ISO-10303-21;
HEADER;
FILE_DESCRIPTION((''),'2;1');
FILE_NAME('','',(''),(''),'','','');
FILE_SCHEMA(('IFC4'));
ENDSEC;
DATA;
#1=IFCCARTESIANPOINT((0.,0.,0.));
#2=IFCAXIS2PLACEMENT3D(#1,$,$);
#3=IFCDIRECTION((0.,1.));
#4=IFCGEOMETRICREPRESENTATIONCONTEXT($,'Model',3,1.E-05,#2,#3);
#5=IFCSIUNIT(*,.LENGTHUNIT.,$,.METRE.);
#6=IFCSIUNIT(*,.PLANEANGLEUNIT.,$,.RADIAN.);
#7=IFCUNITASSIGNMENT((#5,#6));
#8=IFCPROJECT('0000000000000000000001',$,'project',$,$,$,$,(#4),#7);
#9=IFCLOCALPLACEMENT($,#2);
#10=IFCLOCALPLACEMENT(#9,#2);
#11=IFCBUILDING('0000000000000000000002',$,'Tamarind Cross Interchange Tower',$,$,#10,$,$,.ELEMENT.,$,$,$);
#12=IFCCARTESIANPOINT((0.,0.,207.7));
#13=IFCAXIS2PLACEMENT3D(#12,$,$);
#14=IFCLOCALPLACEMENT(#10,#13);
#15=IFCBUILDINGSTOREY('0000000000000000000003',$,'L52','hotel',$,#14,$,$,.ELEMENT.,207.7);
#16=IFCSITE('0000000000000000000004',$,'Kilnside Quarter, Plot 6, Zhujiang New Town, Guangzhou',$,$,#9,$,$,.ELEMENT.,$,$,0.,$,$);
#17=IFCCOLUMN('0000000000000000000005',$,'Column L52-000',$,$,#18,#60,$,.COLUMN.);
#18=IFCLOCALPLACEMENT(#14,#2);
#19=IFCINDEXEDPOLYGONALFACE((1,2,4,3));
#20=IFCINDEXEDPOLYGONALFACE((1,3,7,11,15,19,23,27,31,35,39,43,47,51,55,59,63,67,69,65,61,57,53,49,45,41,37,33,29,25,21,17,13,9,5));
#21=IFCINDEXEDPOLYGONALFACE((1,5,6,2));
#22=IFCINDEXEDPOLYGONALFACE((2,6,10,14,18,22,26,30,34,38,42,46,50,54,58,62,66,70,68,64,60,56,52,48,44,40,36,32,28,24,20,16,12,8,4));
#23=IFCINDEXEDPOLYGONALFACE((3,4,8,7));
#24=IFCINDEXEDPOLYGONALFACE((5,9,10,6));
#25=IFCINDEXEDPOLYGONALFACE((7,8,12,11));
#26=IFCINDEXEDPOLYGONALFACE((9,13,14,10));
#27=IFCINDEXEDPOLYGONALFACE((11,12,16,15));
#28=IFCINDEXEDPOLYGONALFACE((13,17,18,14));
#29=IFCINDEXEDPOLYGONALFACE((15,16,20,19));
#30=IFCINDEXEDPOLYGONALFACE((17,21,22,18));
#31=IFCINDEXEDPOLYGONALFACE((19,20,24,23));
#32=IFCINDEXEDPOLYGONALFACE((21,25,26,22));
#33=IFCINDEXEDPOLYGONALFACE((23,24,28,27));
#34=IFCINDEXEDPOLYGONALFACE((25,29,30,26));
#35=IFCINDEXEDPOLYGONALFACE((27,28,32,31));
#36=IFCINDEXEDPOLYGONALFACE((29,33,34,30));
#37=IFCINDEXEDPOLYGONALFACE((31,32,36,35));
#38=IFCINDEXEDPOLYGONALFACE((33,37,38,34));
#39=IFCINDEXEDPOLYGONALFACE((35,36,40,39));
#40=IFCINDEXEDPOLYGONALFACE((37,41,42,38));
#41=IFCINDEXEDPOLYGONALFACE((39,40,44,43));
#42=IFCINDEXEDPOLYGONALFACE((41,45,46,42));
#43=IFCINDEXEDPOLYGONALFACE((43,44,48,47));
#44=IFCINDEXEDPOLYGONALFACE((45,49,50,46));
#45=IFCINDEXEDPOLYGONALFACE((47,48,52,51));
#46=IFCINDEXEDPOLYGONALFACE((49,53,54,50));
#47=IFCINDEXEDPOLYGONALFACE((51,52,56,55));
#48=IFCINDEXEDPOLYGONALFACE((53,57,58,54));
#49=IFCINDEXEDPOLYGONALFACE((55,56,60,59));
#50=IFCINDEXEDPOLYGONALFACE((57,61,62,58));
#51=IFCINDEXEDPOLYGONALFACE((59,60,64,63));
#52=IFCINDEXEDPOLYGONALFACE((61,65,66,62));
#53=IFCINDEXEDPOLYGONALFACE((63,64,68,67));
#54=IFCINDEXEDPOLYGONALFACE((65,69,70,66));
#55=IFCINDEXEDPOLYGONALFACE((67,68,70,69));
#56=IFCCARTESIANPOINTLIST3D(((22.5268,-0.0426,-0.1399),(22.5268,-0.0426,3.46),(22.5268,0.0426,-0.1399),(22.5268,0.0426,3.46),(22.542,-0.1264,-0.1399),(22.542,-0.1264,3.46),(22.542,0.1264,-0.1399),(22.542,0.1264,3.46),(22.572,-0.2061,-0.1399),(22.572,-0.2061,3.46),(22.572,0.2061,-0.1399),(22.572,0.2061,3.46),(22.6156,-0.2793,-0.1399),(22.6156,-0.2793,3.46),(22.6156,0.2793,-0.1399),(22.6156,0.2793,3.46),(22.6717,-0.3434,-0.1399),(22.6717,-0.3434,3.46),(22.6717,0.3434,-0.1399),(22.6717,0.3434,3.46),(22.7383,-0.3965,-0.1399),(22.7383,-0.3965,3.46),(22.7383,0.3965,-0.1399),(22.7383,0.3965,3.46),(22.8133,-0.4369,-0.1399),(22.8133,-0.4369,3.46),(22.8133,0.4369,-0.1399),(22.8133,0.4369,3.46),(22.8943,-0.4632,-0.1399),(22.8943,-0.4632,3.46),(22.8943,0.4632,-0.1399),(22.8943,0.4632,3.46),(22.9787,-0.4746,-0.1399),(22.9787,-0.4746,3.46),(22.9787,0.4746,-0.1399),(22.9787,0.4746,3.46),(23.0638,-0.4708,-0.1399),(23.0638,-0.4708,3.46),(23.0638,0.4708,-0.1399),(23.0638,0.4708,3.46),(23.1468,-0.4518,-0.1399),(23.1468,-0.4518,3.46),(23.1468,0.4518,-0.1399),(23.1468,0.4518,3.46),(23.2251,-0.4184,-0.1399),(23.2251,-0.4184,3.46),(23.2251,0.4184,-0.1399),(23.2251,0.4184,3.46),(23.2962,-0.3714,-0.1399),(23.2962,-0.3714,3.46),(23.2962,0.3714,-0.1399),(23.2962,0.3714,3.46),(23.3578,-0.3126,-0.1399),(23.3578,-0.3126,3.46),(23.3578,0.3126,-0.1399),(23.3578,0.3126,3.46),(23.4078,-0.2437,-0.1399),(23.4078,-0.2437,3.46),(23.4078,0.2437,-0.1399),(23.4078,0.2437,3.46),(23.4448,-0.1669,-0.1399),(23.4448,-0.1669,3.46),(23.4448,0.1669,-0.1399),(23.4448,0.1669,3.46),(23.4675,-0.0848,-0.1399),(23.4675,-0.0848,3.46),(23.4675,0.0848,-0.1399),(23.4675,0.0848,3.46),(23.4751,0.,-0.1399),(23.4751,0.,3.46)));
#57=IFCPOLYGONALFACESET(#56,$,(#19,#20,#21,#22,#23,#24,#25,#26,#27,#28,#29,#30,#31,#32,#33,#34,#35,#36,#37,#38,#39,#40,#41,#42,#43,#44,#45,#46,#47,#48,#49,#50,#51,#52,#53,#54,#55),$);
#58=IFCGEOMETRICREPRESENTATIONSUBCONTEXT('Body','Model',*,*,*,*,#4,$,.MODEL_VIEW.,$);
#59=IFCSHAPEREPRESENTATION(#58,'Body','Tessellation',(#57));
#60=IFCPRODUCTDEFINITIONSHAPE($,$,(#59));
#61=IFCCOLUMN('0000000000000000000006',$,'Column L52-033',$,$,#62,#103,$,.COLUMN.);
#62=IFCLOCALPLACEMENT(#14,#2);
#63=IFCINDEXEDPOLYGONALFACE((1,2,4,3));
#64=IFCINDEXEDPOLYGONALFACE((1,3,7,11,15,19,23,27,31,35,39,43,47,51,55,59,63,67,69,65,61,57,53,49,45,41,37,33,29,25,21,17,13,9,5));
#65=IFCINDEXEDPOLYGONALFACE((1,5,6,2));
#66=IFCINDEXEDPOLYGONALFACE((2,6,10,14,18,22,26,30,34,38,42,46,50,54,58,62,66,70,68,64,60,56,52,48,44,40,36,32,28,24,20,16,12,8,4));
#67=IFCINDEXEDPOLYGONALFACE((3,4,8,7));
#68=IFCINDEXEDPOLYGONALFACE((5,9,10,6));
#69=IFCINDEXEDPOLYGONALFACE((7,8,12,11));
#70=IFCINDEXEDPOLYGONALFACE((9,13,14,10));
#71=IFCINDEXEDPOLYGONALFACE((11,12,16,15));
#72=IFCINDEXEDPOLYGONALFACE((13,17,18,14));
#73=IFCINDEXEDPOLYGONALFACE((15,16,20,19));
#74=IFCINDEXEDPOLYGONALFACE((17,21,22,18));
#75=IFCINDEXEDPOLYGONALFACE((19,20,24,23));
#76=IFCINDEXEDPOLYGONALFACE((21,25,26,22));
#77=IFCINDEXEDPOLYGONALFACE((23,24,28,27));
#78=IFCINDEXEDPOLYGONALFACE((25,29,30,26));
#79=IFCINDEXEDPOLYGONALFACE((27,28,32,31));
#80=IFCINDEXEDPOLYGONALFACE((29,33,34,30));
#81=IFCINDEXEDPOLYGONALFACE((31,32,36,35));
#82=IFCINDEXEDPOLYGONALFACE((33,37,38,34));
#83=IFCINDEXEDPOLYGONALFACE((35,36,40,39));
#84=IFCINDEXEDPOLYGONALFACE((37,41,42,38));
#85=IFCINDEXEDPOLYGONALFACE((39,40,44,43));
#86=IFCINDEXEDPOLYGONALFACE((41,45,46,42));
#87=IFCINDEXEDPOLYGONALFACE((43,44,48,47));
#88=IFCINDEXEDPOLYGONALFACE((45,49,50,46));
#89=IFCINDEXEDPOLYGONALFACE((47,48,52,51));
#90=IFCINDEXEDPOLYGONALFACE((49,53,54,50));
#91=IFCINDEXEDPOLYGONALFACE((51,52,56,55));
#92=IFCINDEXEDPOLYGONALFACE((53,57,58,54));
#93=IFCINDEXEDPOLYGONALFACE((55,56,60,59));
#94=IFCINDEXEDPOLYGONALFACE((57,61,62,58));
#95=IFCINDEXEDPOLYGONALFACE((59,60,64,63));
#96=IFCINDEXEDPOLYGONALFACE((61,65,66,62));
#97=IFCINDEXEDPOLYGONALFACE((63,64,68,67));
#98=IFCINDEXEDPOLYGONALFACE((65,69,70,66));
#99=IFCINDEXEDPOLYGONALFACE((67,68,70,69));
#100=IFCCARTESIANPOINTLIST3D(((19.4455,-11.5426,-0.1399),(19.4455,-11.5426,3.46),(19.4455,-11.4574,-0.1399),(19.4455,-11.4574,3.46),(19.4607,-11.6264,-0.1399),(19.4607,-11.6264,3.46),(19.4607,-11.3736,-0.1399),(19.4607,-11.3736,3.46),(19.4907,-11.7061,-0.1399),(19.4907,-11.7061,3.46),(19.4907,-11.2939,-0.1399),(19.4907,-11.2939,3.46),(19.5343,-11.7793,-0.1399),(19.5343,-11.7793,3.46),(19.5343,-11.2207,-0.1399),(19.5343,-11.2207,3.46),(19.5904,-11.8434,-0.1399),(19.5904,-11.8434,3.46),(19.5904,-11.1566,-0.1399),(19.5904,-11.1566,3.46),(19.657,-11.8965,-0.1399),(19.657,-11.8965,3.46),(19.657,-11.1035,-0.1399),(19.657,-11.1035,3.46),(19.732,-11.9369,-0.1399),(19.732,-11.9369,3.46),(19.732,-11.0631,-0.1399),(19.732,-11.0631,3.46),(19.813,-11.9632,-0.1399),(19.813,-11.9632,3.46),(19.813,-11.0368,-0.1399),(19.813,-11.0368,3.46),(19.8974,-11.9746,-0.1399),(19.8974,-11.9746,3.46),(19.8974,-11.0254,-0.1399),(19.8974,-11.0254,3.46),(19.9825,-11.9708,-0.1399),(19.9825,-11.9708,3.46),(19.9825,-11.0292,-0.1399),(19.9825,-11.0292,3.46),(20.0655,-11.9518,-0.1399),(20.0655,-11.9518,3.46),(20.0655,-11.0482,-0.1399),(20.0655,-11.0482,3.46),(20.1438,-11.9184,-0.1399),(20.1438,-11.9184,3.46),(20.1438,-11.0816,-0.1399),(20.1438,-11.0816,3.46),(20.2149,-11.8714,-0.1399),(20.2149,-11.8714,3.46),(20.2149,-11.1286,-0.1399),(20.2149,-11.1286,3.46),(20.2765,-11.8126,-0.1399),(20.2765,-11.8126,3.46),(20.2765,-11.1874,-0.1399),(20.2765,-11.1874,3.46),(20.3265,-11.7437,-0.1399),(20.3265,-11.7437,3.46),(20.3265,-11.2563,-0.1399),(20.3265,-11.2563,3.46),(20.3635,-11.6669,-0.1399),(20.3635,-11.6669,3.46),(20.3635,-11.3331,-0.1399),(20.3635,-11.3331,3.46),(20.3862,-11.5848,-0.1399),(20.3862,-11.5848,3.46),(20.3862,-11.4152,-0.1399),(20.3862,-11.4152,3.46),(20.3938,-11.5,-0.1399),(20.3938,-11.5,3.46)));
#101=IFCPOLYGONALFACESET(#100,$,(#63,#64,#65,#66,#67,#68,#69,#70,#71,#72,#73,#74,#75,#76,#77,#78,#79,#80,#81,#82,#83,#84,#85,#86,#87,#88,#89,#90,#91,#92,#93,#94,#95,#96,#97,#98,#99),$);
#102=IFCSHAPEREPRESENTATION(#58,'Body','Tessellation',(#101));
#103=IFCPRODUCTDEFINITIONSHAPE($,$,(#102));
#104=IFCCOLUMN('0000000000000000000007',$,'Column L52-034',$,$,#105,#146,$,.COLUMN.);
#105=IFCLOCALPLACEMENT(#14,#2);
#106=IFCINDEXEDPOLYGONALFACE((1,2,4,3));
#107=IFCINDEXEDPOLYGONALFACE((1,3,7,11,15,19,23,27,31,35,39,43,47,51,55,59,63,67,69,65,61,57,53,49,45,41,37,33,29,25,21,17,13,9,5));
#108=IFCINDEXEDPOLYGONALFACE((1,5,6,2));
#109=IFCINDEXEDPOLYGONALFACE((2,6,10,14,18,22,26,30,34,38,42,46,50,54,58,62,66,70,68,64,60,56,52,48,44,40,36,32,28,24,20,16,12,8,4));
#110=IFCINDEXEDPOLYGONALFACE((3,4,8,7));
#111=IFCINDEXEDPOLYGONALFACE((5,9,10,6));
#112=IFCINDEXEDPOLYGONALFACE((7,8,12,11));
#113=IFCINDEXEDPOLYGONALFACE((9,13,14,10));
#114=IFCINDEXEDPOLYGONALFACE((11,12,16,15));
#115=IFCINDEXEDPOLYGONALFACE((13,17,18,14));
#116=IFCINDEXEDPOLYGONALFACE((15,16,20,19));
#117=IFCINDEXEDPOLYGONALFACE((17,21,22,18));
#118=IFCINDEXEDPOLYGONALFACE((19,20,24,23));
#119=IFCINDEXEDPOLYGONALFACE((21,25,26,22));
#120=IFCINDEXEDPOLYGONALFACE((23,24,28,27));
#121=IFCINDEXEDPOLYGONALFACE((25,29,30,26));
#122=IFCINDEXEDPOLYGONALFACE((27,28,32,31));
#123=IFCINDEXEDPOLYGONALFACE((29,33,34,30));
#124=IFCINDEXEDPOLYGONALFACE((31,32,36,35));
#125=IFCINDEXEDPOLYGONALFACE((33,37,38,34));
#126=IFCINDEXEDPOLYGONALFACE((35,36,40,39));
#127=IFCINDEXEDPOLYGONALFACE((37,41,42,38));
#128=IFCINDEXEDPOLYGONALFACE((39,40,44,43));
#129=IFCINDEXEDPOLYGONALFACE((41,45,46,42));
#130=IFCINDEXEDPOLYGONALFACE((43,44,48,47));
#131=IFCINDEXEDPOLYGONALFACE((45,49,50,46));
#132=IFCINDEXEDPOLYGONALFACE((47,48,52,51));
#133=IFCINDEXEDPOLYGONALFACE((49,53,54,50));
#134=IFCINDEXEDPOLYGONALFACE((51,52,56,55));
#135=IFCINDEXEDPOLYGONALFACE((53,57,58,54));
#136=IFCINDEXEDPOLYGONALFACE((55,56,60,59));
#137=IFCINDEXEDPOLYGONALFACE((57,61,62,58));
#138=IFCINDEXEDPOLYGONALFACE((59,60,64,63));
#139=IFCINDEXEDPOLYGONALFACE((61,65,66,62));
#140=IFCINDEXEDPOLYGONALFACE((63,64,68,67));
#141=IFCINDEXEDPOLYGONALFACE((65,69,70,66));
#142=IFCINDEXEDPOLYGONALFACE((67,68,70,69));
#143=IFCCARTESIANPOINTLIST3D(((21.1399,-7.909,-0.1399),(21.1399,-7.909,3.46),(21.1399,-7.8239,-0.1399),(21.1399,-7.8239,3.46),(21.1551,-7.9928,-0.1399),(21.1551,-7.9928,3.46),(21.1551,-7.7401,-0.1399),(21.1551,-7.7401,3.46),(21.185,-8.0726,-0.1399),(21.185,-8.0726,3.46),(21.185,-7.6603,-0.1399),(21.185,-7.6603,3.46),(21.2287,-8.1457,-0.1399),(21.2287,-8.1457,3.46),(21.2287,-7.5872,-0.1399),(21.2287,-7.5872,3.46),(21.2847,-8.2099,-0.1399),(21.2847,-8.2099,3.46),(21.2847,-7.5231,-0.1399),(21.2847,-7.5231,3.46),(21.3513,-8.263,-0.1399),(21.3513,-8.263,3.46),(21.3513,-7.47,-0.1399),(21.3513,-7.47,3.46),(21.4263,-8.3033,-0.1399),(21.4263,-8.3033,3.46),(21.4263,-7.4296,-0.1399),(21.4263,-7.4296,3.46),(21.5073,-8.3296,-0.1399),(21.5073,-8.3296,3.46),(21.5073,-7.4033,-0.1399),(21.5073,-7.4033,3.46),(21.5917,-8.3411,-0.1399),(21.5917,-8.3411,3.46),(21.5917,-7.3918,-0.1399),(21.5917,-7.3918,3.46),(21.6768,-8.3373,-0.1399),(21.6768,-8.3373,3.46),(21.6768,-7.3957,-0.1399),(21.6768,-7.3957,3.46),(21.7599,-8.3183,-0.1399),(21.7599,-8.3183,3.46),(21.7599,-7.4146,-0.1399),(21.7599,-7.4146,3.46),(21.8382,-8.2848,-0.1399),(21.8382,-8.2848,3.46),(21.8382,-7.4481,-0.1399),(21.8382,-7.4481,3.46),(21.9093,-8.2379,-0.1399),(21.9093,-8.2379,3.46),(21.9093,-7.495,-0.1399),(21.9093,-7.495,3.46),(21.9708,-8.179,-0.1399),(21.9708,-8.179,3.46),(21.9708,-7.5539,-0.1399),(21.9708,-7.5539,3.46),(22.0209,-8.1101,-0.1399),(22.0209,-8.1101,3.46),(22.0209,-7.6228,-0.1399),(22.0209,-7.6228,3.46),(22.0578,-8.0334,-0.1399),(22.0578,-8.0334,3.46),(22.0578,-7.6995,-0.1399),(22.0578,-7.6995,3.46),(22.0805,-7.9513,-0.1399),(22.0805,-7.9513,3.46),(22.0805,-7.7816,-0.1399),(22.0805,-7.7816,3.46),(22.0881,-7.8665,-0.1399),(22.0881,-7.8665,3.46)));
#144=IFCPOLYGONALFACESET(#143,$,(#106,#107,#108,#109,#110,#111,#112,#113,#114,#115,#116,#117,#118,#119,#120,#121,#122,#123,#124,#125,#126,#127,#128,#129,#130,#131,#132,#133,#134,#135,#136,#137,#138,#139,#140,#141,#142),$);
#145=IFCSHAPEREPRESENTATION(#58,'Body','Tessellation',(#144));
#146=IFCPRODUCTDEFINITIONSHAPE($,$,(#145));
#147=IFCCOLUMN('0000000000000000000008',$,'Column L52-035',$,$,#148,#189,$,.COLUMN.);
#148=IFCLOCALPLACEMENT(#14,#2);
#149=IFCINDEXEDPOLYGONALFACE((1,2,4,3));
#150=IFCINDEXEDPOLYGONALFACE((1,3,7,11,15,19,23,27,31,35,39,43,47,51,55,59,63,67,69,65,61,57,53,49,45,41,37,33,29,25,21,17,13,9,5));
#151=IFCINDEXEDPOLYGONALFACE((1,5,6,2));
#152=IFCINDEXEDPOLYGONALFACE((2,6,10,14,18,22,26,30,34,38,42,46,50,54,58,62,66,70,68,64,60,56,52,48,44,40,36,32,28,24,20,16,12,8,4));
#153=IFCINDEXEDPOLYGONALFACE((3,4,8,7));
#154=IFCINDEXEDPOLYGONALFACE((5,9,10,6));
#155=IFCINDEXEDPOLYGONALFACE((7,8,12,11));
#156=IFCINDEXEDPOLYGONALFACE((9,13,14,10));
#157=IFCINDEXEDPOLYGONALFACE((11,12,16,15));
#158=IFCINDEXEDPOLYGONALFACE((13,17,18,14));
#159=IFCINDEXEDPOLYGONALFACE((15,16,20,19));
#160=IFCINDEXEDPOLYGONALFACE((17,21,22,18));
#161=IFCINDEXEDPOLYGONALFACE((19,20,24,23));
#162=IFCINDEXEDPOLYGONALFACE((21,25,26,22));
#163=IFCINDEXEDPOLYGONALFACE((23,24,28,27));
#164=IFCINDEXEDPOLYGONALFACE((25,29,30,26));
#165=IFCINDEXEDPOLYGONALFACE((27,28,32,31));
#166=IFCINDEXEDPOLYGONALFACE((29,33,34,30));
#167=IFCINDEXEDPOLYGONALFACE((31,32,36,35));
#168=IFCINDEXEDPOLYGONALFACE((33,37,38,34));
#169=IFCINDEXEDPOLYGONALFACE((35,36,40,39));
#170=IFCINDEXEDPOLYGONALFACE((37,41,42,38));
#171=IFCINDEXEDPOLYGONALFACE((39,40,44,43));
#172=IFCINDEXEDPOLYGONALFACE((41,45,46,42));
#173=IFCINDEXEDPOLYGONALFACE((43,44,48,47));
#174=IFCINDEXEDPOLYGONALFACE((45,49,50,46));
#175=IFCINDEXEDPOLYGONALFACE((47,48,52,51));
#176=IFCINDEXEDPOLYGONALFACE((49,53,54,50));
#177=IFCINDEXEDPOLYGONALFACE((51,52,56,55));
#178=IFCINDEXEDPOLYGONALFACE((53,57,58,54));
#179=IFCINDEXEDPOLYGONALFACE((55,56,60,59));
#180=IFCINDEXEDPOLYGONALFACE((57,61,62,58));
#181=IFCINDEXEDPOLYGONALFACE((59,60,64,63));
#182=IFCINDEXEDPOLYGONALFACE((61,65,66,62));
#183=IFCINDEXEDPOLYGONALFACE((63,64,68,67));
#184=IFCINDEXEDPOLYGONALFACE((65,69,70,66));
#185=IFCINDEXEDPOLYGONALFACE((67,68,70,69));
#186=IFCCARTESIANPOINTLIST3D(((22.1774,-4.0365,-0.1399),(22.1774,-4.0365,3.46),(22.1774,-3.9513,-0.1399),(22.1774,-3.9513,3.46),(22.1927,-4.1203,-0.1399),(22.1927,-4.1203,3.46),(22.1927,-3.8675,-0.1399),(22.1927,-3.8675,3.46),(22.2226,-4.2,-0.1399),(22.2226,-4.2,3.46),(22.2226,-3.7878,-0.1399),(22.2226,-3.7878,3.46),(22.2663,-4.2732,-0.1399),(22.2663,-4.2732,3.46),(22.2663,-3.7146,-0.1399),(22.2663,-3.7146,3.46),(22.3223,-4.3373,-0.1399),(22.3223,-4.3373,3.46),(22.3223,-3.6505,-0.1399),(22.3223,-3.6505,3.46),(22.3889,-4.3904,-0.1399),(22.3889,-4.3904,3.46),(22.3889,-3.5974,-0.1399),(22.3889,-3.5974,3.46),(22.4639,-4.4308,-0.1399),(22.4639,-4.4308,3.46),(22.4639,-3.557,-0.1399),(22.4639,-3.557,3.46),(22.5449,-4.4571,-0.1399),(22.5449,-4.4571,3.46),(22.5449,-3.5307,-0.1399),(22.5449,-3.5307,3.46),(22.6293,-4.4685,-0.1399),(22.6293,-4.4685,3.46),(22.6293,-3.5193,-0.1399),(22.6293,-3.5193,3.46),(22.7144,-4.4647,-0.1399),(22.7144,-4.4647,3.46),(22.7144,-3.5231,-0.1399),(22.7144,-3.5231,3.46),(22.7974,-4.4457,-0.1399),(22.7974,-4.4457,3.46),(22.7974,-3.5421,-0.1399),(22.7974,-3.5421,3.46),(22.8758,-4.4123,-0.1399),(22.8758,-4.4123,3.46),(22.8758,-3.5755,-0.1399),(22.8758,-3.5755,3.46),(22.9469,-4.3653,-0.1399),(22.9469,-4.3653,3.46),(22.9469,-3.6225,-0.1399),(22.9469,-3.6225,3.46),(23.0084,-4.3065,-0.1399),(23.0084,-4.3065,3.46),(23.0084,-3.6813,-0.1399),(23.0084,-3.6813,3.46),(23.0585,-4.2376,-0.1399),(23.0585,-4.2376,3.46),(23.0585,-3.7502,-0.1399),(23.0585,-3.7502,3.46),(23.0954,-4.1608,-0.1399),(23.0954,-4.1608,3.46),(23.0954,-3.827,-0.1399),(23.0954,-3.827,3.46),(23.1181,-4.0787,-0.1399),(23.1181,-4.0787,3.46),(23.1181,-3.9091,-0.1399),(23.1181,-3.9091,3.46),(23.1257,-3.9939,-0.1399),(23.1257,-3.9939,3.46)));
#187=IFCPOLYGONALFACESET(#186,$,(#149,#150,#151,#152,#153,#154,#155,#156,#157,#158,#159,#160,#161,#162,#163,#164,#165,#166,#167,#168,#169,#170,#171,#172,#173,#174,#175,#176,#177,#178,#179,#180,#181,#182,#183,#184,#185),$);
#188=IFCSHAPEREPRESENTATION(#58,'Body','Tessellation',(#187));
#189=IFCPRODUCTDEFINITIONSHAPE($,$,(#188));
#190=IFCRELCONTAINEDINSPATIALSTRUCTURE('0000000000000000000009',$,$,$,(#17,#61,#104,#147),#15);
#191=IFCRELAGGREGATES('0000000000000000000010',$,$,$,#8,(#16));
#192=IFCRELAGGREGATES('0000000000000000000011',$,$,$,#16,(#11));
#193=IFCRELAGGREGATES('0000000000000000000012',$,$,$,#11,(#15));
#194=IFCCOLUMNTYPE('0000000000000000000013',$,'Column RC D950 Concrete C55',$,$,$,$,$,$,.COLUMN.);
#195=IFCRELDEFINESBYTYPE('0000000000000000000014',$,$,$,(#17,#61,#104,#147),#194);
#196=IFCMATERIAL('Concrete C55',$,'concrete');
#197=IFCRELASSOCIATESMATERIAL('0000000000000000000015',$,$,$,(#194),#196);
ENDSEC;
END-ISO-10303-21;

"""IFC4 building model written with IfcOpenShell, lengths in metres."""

from ifc_helpers import new_model, si_unit, direction, frame, origin, origin_2d, place, context, subcontext, project, spatial, circle, extrude, material, material_profile, profile_set, type_object, element, save


model = new_model("IFC4")

# Units and contexts
model_context = context("Model", 3, precision=1e-05, world=origin(), true_north=direction((0.0, 1.0)))
body_context = subcontext(model_context, "Body", "Model", "MODEL_VIEW")
ifc_project = project(units=[si_unit("LENGTHUNIT", "METRE"), si_unit("PLANEANGLEUNIT", "RADIAN")], contexts=[model_context])

# Site, building, storey
site_placement = place(None, origin())
site = spatial("IfcSite", under=ifc_project, at=site_placement, Name="Kilnside Quarter, Plot 6, Zhujiang New Town, Guangzhou", CompositionType="ELEMENT", RefElevation=0.0)
building_placement = place(site_placement, origin())
building = spatial("IfcBuilding", under=site, at=building_placement, Name="Tamarind Cross Interchange Tower", CompositionType="ELEMENT")
storey_placement = place(building_placement, frame((0.0, 0.0, 207.7)))
storey = spatial("IfcBuildingStorey", under=building, at=storey_placement, Name="L52", Description="hotel", CompositionType="ELEMENT", Elevation=207.7)

# Columns
ifc_material_1 = material(Name="Concrete C55", Category="concrete")
ifc_material_profile_1 = material_profile(ifc_material_1, circle(Radius=0.4751, at=origin_2d()), Name="RC D950")
ifc_profile_set_1 = profile_set([ifc_material_profile_1], Name="Concrete C55")
column_type = type_object("IfcColumnType", Name="Column RC D950 Concrete C55", PredefinedType="COLUMN", material=ifc_profile_set_1)
for number, where, z_axis, x_axis, name in (
    (1, (23.0, 0.0, -0.1399), (0.0, 0.0, 1.0), (1.0, 0.0, 0.0), "Column L52-000"),
    (2, (19.9187, -11.5, -0.1399), (0.0, 0.0, 1.0), (1.0, 0.0, 0.0), "Column L52-033"),
    (3, (21.613, -7.8665, -0.1399), (0.0, 0.0, 1.0), (1.0, 0.0, 0.0), "Column L52-034"),
    (4, (22.6506, -3.9939, -0.1399), (0.0, 0.0, 1.0), (1.0, 0.0, 0.0), "Column L52-035"),
):
    element("IfcColumn", number, at=place(storey_placement, frame(where, z_axis=z_axis, x_axis=x_axis)), inside=storey, type_object=column_type, Name=name, PredefinedType="COLUMN", context=body_context, shape_type="SweptSolid", body=[
        extrude(circle(Radius=0.4751, at=origin_2d()), origin(), (0.0, 0.0, 1.0), 3.5999),
    ])

save(model, "model.ifc")
